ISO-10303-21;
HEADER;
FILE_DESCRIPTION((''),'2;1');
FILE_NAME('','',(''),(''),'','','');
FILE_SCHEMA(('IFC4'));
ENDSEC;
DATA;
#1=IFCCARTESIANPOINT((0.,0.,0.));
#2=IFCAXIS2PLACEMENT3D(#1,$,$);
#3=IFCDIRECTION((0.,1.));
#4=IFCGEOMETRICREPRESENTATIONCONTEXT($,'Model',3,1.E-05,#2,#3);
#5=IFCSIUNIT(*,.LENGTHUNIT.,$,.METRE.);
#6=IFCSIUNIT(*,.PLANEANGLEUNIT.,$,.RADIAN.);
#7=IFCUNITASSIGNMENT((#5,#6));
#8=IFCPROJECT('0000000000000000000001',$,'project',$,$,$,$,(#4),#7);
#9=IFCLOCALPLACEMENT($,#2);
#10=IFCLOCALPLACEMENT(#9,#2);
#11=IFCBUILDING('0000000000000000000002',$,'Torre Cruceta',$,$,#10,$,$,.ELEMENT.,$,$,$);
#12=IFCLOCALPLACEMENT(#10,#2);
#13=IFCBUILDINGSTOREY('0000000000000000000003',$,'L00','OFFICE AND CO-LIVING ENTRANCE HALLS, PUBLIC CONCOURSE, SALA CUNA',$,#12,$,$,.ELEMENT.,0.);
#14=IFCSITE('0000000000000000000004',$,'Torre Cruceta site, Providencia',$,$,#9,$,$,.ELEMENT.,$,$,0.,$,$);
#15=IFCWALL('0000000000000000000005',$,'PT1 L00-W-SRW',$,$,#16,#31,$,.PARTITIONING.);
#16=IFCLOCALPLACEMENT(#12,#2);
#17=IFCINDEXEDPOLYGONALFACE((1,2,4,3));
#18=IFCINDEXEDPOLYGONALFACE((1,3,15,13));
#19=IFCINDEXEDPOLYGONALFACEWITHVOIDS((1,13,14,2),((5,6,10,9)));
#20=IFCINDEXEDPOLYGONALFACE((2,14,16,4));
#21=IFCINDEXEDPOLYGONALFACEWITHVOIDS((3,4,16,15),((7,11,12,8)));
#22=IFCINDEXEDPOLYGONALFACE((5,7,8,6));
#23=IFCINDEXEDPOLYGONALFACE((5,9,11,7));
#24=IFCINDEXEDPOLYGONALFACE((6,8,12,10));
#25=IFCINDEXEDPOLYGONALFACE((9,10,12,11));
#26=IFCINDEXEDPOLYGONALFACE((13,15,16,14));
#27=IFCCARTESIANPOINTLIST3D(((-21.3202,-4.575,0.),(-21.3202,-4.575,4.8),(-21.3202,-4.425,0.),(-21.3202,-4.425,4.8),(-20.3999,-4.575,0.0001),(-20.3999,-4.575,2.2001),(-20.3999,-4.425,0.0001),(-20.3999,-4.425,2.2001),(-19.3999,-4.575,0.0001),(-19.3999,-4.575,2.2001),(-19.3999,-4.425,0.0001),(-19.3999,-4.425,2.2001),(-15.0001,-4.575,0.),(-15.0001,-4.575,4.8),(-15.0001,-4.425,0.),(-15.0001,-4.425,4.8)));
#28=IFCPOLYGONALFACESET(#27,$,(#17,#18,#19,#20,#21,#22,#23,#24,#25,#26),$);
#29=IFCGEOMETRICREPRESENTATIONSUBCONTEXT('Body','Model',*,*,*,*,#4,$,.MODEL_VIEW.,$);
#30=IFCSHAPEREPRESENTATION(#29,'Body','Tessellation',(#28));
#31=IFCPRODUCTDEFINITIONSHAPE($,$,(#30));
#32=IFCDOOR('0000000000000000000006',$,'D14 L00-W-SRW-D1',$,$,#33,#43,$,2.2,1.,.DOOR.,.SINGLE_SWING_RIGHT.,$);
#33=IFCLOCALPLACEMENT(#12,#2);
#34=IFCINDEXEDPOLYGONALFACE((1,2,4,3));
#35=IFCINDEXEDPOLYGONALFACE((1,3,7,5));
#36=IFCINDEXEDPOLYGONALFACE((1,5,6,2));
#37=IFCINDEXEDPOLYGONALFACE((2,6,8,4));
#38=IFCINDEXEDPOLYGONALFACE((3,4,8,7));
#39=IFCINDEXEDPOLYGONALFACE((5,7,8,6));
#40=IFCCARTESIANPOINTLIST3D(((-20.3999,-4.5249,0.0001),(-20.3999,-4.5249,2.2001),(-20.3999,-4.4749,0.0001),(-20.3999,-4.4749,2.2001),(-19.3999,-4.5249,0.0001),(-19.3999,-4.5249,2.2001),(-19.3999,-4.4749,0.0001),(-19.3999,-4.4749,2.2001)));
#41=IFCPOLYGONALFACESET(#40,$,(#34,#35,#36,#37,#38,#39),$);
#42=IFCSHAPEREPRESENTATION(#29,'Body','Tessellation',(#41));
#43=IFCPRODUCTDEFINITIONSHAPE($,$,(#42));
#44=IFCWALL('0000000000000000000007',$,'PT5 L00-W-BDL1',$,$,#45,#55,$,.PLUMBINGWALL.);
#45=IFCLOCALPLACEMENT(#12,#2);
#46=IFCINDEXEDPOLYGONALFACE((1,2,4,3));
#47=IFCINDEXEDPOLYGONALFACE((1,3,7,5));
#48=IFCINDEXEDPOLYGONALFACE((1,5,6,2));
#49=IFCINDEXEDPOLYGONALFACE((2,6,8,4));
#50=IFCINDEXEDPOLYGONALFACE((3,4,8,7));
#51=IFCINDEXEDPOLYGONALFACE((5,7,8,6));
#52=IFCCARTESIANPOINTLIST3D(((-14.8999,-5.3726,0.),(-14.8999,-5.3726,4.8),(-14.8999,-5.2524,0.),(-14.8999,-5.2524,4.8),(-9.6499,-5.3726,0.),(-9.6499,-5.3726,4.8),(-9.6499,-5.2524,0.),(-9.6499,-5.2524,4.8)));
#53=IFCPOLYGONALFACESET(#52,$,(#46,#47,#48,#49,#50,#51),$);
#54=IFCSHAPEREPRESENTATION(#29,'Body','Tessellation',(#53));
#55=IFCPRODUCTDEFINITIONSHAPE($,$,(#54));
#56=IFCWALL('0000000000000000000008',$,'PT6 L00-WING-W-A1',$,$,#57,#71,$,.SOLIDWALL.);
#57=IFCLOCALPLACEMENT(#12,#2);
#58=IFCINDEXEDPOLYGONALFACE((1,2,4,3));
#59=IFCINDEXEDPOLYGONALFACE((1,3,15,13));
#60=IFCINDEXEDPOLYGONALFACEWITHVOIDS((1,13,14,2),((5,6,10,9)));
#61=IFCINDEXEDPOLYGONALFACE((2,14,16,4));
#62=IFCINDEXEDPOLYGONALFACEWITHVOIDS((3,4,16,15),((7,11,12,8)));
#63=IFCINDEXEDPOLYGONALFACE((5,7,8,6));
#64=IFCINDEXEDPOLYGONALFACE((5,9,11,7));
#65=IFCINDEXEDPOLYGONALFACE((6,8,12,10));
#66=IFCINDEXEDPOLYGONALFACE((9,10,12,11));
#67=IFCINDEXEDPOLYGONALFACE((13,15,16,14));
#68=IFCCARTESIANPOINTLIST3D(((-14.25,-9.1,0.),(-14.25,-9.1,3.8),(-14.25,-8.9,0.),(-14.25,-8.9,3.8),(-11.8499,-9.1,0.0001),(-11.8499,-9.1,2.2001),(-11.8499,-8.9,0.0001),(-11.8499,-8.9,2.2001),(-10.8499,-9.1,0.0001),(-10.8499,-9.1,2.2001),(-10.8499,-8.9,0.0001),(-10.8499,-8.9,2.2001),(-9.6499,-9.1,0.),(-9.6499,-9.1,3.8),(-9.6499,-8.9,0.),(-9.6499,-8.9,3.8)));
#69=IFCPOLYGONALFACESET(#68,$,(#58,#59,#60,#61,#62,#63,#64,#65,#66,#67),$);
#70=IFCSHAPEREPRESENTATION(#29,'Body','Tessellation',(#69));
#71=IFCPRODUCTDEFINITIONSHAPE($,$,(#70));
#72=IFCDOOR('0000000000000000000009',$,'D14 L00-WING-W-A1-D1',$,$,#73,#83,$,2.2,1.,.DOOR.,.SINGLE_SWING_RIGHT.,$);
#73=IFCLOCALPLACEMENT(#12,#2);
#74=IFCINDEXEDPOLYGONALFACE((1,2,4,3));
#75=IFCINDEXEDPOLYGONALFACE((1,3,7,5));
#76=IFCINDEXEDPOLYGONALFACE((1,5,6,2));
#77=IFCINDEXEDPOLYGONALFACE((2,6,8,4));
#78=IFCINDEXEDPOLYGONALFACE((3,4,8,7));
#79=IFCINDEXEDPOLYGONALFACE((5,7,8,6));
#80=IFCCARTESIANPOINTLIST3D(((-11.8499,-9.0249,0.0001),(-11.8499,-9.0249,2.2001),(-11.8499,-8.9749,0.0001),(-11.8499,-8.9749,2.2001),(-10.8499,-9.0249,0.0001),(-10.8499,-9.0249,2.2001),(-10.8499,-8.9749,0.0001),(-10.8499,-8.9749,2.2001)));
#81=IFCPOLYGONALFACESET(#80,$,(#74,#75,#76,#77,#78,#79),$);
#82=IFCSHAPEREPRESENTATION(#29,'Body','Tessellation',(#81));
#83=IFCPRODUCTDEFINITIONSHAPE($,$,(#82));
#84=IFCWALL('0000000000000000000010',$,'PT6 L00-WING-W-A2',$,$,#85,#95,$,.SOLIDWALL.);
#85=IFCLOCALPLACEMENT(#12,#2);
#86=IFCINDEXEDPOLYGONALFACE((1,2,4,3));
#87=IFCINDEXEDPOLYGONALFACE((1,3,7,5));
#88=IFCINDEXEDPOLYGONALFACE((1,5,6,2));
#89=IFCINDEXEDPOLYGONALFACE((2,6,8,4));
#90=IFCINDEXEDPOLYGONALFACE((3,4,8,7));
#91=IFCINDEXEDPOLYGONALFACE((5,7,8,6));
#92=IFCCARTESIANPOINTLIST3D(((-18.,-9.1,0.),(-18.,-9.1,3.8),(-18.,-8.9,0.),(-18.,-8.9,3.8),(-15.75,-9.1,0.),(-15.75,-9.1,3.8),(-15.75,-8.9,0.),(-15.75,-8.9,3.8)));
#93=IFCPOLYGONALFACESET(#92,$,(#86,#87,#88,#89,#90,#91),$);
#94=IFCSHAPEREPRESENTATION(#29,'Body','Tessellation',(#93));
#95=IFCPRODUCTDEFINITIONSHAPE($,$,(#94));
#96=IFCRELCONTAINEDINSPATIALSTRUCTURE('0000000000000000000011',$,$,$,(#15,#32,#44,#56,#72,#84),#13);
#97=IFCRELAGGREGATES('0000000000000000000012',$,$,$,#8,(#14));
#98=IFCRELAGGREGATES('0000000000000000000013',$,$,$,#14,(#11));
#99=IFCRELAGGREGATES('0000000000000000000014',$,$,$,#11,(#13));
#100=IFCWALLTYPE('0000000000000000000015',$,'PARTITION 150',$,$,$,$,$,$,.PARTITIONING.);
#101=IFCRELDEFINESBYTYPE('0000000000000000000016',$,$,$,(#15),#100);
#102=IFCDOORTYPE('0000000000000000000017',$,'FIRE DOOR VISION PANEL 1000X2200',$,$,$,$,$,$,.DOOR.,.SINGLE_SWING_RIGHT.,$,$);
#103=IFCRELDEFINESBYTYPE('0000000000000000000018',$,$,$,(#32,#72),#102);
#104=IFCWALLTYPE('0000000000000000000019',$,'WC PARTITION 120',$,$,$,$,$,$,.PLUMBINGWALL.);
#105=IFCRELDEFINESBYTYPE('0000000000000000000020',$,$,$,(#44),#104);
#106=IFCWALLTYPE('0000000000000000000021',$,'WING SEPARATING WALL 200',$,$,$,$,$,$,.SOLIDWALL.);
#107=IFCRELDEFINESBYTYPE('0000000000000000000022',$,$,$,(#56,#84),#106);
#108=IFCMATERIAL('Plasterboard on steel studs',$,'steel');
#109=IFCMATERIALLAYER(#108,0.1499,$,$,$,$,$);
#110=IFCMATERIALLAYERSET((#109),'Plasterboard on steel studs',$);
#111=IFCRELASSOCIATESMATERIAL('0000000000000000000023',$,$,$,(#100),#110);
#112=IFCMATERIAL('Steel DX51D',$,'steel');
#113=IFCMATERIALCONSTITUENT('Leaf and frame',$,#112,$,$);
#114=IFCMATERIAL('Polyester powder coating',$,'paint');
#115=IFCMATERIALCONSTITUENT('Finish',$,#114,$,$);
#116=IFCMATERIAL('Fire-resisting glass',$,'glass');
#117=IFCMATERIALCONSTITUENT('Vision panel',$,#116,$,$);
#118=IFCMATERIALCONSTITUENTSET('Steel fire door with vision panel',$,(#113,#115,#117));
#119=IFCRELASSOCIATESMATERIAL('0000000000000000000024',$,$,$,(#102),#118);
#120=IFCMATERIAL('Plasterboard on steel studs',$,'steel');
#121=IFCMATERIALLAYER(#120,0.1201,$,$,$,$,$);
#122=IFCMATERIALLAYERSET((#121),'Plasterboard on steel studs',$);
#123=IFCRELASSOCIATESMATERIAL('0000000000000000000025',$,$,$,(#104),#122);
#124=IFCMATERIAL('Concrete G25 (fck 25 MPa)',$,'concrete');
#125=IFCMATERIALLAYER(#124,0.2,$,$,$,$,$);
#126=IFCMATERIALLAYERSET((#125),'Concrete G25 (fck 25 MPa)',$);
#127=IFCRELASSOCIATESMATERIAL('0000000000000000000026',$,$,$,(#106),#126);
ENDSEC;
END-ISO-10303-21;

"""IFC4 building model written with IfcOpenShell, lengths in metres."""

from ifc_helpers import new_model, si_unit, direction, frame, frame_2d, origin, place, context, subcontext, project, spatial, rectangle, extrude, material, layer, layer_set, constituent, constituent_set, type_object, element, fill, save


model = new_model("IFC4")

# Units and contexts
model_context = context("Model", 3, precision=1e-05, world=origin(), true_north=direction((0.0, 1.0)))
body_context = subcontext(model_context, "Body", "Model", "MODEL_VIEW")
ifc_project = project(units=[si_unit("LENGTHUNIT", "METRE"), si_unit("PLANEANGLEUNIT", "RADIAN")], contexts=[model_context])

# Site, building, storey
site_placement = place(None, origin())
site = spatial("IfcSite", under=ifc_project, at=site_placement, Name="Torre Cruceta site, Providencia", CompositionType="ELEMENT", RefElevation=0.0)
building_placement = place(site_placement, origin())
building = spatial("IfcBuilding", under=site, at=building_placement, Name="Torre Cruceta", CompositionType="ELEMENT")
storey_placement = place(building_placement, origin())
storey = spatial("IfcBuildingStorey", under=building, at=storey_placement, Name="L00", Description="OFFICE AND CO-LIVING ENTRANCE HALLS, PUBLIC CONCOURSE, SALA CUNA", CompositionType="ELEMENT", Elevation=0.0)

# Shared definitions
ifc_material_1 = material(Name="Plasterboard on steel studs", Category="steel")
ifc_layer_1 = layer(ifc_material_1, 0.1499)
ifc_layer_set_1 = layer_set([ifc_layer_1], Name="Plasterboard on steel studs")
wall_type_1 = type_object("IfcWallType", Name="PARTITION 150", PredefinedType="PARTITIONING", material=ifc_layer_set_1)

# Wall, opening, door
ifc_material_2 = material(Name="Steel DX51D", Category="steel")
ifc_constituent_1 = constituent(ifc_material_2, Name="Leaf and frame")
ifc_material_3 = material(Name="Polyester powder coating", Category="paint")
ifc_constituent_2 = constituent(ifc_material_3, Name="Finish")
ifc_material_4 = material(Name="Fire-resisting glass", Category="glass")
ifc_constituent_3 = constituent(ifc_material_4, Name="Vision panel")
ifc_constituent_set_1 = constituent_set(constituents=[ifc_constituent_1, ifc_constituent_2, ifc_constituent_3], Name="Steel fire door with vision panel")
door_type_1 = type_object("IfcDoorType", Name="FIRE DOOR VISION PANEL 1000X2200", OperationType="SINGLE_SWING_RIGHT", PredefinedType="DOOR", material=ifc_constituent_set_1)
wall_1_placement = place(storey_placement, frame((-15.0, -4.5, 0.0), z_axis=(0.0, 0.0, 1.0), x_axis=(-1.0, 0.0, 0.0)))
wall_1 = element("IfcWall", 1, at=wall_1_placement, inside=storey, type_object=wall_type_1, Name="PT1 L00-W-SRW", PredefinedType="PARTITIONING", context=body_context, shape_type="SweptSolid", body=[
    extrude(rectangle(XDim=6.3201, YDim=0.1499, at=frame_2d((3.1602, 0.0))), origin(), (0.0, 0.0, 1.0), 4.8),
])
opening_1_placement = place(wall_1_placement, frame((4.3999, 0.0, 0.0)))
opening_1 = element("IfcOpeningElement", 2, at=opening_1_placement, cuts=wall_1, PredefinedType="OPENING", context=body_context, shape_type="SweptSolid", body=[
    extrude(rectangle(XDim=1.0, YDim=2.2, at=frame_2d((0.5, 1.1001))), frame((0.0, 0.085, 0.0), z_axis=(0.0, -1.0, 0.0), x_axis=(1.0, 0.0, 0.0)), (0.0, 0.0, 1.0), 0.1699),
])
door_1_placement = place(opening_1_placement, origin())
door_1 = element("IfcDoor", 3, at=door_1_placement, inside=storey, type_object=door_type_1, Name="D14 L00-W-SRW-D1", OperationType="SINGLE_SWING_RIGHT", OverallHeight=2.2, OverallWidth=1.0, PredefinedType="DOOR", context=body_context, shape_type="SweptSolid", body=[
    extrude(rectangle(XDim=1.0, YDim=2.2, at=frame_2d((0.5, 1.1001))), frame((0.0, 0.0249, 0.0), z_axis=(0.0, -1.0, 0.0), x_axis=(1.0, 0.0, 0.0)), (0.0, 0.0, 1.0), 0.05),
])
fill(opening_1, door_1)

# Wall
ifc_material_5 = material(Name="Plasterboard on steel studs", Category="steel")
ifc_layer_2 = layer(ifc_material_5, 0.1201)
ifc_layer_set_2 = layer_set([ifc_layer_2], Name="Plasterboard on steel studs")
wall_type_2 = type_object("IfcWallType", Name="WC PARTITION 120", PredefinedType="PLUMBINGWALL", material=ifc_layer_set_2)
wall_2_placement = place(storey_placement, frame((-9.6499, -5.3125, 0.0), z_axis=(0.0, 0.0, 1.0), x_axis=(-1.0, 0.0, 0.0)))
element("IfcWall", 4, at=wall_2_placement, inside=storey, type_object=wall_type_2, Name="PT5 L00-W-BDL1", PredefinedType="PLUMBINGWALL", context=body_context, shape_type="SweptSolid", body=[
    extrude(rectangle(XDim=5.25, YDim=0.1201, at=frame_2d((2.625, 0.0))), origin(), (0.0, 0.0, 1.0), 4.8),
])

# Wall, opening, door
ifc_material_6 = material(Name="Concrete G25 (fck 25 MPa)", Category="concrete")
ifc_layer_3 = layer(ifc_material_6, 0.2)
ifc_layer_set_3 = layer_set([ifc_layer_3], Name="Concrete G25 (fck 25 MPa)")
wall_type_3 = type_object("IfcWallType", Name="WING SEPARATING WALL 200", PredefinedType="SOLIDWALL", material=ifc_layer_set_3)
wall_3_placement = place(storey_placement, frame((-9.6499, -9.0, 0.0), z_axis=(0.0, 0.0, 1.0), x_axis=(-1.0, 0.0, 0.0)))
wall_3 = element("IfcWall", 5, at=wall_3_placement, inside=storey, type_object=wall_type_3, Name="PT6 L00-WING-W-A1", PredefinedType="SOLIDWALL", context=body_context, shape_type="SweptSolid", body=[
    extrude(rectangle(XDim=4.6001, YDim=0.2, at=frame_2d((2.3, 0.0))), origin(), (0.0, 0.0, 1.0), 3.8),
])
opening_2_placement = place(wall_3_placement, frame((1.2, 0.0, 0.0)))
opening_2 = element("IfcOpeningElement", 6, at=opening_2_placement, cuts=wall_3, PredefinedType="OPENING", context=body_context, shape_type="SweptSolid", body=[
    extrude(rectangle(XDim=1.0, YDim=2.2, at=frame_2d((0.5, 1.1001))), frame((0.0, 0.1099, 0.0), z_axis=(0.0, -1.0, 0.0), x_axis=(1.0, 0.0, 0.0)), (0.0, 0.0, 1.0), 0.22),
])
door_2_placement = place(opening_2_placement, frame((1.0, 0.0, 0.0), z_axis=(0.0, 0.0, 1.0), x_axis=(-1.0, 0.0, 0.0)))
door_2 = element("IfcDoor", 7, at=door_2_placement, inside=storey, type_object=door_type_1, Name="D14 L00-WING-W-A1-D1", OperationType="SINGLE_SWING_RIGHT", OverallHeight=2.2, OverallWidth=1.0, PredefinedType="DOOR", context=body_context, shape_type="SweptSolid", body=[
    extrude(rectangle(XDim=1.0, YDim=2.2, at=frame_2d((0.5, 1.1001))), frame((0.0, 0.0251, 0.0), z_axis=(0.0, -1.0, 0.0), x_axis=(1.0, 0.0, 0.0)), (0.0, 0.0, 1.0), 0.05),
])
fill(opening_2, door_2)

# Wall
wall_4_placement = place(storey_placement, frame((-15.75, -9.0, 0.0), z_axis=(0.0, 0.0, 1.0), x_axis=(-1.0, 0.0, 0.0)))
element("IfcWall", 8, at=wall_4_placement, inside=storey, type_object=wall_type_3, Name="PT6 L00-WING-W-A2", PredefinedType="SOLIDWALL", context=body_context, shape_type="SweptSolid", body=[
    extrude(rectangle(XDim=2.25, YDim=0.2, at=frame_2d((1.125, 0.0))), origin(), (0.0, 0.0, 1.0), 3.8),
])

save(model, "model.ifc")
